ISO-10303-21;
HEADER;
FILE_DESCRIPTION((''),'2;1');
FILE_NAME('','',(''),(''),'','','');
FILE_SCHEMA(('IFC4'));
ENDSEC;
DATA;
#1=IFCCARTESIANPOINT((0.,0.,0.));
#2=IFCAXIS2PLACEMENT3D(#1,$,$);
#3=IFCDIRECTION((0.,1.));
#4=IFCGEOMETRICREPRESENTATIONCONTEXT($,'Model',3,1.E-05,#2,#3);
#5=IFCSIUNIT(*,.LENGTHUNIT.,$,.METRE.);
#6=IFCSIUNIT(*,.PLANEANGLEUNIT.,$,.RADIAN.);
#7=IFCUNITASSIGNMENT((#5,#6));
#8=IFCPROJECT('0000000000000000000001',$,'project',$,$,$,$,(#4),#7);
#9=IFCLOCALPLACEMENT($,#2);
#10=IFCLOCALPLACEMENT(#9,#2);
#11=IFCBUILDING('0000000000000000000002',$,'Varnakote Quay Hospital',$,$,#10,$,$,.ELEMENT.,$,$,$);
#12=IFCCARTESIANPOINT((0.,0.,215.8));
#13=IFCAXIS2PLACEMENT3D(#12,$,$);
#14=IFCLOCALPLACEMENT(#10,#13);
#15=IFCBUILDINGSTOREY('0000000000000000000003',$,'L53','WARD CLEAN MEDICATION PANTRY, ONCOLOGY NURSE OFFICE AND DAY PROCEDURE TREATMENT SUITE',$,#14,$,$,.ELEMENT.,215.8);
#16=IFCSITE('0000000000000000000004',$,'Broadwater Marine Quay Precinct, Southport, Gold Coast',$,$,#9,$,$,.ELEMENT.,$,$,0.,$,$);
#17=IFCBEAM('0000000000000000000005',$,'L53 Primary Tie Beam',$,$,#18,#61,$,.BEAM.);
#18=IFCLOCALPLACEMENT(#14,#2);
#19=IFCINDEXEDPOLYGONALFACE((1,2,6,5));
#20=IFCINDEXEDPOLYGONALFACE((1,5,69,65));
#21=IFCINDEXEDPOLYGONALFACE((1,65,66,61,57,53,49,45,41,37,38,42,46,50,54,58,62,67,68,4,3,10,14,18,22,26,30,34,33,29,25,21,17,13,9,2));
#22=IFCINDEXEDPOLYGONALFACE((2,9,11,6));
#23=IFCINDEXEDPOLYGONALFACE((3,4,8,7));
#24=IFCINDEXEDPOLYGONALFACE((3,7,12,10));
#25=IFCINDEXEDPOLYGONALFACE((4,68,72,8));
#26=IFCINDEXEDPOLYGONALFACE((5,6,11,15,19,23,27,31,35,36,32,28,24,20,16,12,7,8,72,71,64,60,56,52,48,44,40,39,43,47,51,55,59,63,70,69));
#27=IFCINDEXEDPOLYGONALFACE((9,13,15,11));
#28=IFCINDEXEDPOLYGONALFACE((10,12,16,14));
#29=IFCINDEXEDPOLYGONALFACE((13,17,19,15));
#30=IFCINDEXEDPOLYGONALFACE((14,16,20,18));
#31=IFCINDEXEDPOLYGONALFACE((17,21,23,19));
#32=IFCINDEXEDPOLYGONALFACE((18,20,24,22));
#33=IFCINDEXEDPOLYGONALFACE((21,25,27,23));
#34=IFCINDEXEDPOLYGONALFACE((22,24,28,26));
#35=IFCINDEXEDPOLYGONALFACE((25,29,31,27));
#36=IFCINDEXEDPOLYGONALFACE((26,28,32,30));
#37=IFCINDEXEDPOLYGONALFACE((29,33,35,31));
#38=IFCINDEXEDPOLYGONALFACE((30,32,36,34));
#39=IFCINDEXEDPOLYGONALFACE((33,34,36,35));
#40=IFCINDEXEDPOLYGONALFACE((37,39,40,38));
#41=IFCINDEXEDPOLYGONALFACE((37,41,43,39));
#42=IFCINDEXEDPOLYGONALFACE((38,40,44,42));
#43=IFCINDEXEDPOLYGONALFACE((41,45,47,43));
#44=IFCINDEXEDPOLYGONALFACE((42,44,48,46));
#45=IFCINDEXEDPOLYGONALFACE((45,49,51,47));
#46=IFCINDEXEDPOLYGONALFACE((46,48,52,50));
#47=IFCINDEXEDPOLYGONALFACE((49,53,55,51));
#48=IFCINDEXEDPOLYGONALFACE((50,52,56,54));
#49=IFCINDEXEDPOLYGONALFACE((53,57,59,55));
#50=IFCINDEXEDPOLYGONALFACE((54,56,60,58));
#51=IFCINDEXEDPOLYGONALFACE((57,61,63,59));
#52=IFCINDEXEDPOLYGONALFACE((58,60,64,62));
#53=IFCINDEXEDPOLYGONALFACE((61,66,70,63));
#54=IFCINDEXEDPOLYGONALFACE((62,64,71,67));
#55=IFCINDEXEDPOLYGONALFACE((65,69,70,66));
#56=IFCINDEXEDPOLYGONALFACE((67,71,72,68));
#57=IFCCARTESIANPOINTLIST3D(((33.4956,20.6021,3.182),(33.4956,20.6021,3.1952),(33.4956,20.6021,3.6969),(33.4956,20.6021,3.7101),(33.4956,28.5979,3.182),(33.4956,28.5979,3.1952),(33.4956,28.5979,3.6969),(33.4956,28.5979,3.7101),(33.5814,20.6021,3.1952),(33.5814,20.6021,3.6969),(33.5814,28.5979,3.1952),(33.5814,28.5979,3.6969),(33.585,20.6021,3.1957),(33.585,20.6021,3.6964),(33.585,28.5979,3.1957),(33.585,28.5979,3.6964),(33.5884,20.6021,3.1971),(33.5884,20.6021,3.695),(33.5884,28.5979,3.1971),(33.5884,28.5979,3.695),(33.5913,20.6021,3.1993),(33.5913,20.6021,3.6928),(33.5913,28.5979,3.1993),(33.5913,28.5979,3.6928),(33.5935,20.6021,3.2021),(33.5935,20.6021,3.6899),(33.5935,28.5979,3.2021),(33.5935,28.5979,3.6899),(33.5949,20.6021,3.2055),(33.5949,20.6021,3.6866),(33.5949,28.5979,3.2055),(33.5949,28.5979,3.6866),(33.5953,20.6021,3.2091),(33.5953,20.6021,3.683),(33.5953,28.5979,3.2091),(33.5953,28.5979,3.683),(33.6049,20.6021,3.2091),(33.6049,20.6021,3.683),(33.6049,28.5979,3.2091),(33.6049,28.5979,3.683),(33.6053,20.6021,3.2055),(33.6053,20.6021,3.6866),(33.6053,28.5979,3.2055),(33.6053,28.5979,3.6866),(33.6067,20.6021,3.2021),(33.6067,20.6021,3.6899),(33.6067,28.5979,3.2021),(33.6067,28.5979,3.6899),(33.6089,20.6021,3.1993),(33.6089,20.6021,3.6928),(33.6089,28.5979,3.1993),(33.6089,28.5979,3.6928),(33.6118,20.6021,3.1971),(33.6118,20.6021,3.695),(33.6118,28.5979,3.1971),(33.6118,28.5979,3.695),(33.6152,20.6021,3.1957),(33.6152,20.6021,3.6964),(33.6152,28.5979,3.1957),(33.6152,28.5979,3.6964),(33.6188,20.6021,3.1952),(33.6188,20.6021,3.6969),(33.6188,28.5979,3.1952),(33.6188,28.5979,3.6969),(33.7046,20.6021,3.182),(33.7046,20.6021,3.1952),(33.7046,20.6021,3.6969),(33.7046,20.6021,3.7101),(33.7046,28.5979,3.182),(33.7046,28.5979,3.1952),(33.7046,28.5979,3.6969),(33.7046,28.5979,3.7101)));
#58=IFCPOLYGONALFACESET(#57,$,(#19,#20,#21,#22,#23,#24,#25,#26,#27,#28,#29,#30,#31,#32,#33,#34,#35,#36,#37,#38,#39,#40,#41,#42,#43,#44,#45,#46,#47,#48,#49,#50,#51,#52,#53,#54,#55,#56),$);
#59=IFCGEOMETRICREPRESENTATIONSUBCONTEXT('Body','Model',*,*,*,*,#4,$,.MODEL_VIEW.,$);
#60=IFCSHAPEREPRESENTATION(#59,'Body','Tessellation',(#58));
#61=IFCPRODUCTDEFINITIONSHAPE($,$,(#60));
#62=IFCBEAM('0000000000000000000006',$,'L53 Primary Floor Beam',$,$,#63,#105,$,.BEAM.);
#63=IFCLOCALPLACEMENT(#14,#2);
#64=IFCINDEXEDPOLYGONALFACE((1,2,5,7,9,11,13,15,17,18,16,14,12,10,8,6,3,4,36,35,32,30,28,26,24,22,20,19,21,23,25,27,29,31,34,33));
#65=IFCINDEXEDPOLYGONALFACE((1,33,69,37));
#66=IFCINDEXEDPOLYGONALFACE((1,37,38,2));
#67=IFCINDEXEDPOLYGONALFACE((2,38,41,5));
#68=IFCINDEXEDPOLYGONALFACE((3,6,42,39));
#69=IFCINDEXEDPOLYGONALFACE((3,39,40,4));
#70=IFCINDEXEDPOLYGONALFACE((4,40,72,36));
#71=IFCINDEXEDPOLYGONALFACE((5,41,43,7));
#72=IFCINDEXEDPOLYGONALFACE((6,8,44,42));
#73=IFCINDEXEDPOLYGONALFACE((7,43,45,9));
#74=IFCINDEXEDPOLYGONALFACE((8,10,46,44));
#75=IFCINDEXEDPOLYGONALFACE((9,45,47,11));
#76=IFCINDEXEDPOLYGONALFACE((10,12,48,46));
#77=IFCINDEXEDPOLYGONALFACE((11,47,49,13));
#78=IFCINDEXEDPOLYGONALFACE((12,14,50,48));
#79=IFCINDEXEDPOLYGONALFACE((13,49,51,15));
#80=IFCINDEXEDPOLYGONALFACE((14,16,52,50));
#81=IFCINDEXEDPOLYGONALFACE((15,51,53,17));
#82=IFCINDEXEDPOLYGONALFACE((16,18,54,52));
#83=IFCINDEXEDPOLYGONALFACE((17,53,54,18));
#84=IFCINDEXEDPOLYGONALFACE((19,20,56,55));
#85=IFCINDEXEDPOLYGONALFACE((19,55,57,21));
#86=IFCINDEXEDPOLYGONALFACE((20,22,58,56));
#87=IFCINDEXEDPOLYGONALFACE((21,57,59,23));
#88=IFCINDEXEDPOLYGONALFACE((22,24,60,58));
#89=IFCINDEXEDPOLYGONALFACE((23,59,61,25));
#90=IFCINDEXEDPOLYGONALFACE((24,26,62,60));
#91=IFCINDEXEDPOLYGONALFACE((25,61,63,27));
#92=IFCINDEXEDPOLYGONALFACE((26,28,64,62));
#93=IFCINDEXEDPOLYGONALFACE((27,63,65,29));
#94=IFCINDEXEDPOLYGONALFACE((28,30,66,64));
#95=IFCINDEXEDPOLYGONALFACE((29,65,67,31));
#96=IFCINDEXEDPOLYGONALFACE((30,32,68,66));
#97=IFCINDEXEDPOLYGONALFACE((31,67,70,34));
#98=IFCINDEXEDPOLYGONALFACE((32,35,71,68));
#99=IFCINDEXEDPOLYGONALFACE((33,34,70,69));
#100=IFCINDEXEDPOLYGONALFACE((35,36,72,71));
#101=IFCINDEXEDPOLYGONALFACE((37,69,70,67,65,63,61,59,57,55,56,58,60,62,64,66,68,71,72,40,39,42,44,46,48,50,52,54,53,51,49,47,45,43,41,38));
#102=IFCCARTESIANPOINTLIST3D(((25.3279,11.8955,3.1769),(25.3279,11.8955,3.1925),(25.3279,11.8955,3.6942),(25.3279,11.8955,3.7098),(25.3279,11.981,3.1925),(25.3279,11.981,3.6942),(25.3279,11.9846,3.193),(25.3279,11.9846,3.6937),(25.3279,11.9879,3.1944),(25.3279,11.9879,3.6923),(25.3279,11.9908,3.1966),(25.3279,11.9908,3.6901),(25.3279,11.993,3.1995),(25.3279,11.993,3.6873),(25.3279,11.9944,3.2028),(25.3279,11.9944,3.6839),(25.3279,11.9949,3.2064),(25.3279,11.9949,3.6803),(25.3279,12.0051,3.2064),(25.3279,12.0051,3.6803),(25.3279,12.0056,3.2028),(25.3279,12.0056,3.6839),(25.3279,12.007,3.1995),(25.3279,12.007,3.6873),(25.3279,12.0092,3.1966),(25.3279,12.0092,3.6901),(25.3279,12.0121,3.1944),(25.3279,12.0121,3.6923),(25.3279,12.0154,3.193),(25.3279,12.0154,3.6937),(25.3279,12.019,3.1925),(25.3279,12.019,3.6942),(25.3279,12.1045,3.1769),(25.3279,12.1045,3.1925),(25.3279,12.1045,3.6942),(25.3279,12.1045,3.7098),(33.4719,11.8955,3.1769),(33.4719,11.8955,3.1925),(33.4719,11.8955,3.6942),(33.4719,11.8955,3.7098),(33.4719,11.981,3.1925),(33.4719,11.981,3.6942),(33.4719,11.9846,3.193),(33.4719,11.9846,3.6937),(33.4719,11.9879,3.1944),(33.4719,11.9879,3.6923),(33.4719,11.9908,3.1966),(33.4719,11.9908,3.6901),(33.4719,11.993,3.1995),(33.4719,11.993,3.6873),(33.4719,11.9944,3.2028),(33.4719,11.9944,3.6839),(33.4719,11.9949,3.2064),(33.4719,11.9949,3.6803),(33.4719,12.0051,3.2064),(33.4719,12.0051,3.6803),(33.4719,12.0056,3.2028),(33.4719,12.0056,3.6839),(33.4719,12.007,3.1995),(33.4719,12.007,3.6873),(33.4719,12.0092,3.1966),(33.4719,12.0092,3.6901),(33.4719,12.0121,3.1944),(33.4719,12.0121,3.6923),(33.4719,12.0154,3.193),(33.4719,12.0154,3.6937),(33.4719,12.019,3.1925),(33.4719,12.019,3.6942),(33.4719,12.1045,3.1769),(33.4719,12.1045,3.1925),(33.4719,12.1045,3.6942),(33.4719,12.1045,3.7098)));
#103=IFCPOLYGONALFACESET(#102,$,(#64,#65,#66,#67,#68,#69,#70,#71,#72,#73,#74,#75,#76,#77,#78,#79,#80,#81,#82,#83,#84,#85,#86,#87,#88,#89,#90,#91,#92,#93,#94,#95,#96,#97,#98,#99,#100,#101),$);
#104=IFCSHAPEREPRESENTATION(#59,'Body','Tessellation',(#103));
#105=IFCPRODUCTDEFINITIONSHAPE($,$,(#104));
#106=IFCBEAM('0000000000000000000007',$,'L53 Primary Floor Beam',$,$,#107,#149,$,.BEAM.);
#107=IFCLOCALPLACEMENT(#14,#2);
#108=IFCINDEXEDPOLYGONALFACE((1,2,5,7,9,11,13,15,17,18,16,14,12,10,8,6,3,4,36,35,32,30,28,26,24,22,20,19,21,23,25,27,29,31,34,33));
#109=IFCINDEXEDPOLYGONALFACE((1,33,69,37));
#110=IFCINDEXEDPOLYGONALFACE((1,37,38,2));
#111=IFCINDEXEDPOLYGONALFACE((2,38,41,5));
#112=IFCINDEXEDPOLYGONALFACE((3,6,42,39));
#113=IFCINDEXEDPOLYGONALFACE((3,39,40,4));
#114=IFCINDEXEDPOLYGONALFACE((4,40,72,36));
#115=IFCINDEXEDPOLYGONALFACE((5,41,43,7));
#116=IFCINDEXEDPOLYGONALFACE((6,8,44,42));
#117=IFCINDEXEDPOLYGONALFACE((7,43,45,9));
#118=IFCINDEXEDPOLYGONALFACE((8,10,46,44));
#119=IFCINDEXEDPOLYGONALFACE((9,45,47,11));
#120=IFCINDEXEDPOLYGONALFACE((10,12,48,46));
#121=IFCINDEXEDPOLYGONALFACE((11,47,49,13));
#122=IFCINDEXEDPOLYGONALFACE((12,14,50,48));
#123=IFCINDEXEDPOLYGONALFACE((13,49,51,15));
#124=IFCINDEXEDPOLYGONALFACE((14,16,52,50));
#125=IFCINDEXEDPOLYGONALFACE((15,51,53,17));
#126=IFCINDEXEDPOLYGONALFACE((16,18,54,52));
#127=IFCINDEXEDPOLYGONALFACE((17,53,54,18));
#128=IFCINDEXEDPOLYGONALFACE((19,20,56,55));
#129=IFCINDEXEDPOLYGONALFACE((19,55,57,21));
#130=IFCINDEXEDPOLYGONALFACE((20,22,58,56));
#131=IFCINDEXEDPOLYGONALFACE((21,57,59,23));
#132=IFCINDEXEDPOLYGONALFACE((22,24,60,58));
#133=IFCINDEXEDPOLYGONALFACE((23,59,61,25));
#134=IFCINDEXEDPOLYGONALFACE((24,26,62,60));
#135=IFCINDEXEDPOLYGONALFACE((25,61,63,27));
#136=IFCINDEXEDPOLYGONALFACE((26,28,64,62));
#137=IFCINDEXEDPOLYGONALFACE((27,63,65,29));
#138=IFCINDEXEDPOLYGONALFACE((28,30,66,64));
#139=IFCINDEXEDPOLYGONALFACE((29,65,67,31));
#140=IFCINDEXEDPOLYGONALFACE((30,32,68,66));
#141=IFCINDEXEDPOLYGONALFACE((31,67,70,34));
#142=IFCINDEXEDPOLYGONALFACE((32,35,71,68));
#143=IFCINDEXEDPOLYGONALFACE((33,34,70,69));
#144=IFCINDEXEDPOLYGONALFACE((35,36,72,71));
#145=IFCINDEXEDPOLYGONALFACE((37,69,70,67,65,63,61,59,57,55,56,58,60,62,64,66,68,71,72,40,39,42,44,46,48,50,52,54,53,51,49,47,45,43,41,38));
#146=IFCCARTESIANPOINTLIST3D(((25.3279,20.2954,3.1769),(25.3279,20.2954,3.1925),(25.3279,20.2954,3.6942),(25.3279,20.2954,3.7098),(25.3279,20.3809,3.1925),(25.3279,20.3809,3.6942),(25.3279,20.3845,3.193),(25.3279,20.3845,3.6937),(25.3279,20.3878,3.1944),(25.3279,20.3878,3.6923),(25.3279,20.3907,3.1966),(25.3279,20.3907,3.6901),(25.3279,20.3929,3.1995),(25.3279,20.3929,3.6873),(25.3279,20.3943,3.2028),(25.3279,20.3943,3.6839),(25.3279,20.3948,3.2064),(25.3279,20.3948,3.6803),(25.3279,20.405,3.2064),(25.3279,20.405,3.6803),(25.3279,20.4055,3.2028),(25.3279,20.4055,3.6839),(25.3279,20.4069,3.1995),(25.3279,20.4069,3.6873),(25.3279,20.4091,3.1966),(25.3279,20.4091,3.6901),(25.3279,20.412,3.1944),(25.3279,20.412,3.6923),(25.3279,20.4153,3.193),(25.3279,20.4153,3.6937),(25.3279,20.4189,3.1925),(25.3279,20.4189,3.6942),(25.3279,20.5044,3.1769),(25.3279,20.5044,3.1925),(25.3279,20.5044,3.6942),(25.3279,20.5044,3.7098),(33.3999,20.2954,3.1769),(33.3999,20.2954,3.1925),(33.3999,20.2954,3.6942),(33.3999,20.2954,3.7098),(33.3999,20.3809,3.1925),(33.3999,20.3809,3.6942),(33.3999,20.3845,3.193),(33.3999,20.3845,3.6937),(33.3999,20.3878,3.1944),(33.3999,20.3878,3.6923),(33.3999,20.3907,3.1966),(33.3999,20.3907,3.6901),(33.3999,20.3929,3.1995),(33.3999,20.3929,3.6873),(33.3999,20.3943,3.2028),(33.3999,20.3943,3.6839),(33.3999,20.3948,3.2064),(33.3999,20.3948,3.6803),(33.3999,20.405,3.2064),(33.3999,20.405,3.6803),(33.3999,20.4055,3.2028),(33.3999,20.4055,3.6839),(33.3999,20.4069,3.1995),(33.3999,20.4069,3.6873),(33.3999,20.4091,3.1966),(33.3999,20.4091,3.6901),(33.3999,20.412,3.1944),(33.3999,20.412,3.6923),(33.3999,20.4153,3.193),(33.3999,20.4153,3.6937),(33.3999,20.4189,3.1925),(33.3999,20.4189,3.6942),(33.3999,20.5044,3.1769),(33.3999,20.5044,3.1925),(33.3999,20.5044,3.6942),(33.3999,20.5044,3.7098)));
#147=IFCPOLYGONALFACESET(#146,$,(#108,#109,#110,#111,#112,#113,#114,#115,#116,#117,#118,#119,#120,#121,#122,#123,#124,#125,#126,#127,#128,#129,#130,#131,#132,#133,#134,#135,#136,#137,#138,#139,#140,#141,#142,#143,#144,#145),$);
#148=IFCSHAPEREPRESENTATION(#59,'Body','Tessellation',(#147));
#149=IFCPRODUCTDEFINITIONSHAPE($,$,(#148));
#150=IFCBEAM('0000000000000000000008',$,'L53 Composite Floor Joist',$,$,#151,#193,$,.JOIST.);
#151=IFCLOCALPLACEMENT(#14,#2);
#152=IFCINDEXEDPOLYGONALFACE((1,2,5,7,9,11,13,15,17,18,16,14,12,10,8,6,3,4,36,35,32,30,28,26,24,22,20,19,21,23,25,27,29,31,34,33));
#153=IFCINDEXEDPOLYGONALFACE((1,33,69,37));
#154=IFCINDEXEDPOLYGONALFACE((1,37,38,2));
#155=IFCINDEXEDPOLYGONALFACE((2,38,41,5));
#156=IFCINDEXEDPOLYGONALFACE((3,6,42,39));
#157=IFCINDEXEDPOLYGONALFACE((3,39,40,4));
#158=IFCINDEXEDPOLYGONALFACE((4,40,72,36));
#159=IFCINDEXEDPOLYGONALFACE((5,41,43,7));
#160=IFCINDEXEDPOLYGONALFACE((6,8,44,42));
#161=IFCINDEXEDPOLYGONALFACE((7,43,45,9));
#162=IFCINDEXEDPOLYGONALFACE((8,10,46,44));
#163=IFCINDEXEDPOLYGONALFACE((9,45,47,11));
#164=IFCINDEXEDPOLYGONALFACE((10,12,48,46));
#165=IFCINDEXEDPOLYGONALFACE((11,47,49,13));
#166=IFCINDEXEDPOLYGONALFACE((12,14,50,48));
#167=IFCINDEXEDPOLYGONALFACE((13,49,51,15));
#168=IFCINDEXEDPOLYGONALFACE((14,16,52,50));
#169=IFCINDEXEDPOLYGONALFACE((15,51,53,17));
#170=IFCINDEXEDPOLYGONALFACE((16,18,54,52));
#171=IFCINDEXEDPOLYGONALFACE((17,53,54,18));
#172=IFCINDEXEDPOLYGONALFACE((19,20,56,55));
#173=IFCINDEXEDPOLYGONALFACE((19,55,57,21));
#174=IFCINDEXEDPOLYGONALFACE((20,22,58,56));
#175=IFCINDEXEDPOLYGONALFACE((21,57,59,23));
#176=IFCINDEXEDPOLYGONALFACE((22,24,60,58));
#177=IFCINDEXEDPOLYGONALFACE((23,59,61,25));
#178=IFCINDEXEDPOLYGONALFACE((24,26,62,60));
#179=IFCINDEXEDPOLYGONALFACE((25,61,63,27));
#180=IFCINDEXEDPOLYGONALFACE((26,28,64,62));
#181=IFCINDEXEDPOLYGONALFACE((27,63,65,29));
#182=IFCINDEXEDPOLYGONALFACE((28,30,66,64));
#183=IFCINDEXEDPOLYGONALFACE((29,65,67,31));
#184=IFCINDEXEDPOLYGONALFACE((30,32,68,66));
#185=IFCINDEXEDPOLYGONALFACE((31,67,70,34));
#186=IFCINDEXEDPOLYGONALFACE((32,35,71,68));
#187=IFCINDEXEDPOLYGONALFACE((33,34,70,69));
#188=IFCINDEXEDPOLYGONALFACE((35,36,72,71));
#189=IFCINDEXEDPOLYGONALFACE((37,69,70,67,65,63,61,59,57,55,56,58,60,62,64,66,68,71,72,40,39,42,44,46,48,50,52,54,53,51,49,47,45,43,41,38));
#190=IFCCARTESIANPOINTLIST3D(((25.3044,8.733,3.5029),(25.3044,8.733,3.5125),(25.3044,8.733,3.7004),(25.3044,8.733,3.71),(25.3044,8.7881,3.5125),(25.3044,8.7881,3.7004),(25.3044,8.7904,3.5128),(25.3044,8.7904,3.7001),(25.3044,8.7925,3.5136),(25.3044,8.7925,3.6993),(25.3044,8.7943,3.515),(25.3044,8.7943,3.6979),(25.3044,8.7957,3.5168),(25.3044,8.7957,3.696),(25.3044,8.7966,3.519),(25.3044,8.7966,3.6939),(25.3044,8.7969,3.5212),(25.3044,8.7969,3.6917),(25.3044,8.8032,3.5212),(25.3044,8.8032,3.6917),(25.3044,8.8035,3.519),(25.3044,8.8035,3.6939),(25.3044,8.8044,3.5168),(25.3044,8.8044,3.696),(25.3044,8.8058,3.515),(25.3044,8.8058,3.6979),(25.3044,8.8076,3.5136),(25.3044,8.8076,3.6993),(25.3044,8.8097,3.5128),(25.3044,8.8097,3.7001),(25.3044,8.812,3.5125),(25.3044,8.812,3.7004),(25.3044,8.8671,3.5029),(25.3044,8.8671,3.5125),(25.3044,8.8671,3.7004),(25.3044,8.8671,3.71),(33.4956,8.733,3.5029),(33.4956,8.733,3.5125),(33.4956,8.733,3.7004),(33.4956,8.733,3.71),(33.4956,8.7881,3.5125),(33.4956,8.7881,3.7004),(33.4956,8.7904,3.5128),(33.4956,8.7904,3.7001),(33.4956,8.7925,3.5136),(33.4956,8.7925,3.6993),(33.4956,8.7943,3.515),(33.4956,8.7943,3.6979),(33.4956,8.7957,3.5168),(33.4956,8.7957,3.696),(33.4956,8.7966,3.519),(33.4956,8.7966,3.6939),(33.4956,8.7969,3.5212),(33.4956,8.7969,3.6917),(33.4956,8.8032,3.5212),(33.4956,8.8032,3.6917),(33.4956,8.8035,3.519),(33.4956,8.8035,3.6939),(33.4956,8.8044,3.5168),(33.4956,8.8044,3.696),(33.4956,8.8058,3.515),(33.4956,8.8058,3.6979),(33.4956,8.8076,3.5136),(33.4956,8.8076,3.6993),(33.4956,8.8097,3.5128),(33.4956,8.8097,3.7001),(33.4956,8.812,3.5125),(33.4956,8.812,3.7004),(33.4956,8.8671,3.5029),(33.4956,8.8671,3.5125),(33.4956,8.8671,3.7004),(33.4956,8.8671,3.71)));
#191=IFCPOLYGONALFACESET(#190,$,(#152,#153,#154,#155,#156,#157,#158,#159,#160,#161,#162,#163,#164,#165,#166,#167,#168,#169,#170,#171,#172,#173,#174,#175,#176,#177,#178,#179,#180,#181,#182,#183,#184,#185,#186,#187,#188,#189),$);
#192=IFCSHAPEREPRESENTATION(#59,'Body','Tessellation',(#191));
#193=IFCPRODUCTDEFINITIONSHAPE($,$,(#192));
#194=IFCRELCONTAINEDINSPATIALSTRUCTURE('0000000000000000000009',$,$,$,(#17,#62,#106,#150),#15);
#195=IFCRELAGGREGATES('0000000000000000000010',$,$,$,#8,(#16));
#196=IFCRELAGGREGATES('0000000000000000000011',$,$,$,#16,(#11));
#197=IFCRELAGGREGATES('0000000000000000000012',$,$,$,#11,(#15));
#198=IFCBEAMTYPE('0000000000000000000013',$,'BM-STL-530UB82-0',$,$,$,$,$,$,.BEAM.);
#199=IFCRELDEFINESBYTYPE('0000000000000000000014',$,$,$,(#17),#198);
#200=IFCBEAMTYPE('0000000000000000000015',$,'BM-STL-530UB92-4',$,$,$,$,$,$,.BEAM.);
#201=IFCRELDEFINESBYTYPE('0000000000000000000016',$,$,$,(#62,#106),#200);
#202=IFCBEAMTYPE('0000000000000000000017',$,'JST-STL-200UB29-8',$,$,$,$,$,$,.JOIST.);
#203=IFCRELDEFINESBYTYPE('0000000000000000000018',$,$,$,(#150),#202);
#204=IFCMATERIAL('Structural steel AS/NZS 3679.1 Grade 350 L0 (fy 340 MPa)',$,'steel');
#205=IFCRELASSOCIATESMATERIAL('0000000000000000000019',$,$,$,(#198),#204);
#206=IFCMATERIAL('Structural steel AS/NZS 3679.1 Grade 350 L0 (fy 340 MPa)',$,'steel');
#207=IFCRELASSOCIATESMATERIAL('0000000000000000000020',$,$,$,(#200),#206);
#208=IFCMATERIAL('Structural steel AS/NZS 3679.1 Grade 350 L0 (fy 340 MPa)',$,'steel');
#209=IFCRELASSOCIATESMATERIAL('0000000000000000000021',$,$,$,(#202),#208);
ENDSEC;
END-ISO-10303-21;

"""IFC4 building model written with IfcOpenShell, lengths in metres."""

from ifc_helpers import new_model, si_unit, direction, frame, origin, origin_2d, place, context, subcontext, project, spatial, i_section, extrude, material, material_profile, profile_set, type_object, element, save


model = new_model("IFC4")

# Units and contexts
model_context = context("Model", 3, precision=1e-05, world=origin(), true_north=direction((0.0, 1.0)))
body_context = subcontext(model_context, "Body", "Model", "MODEL_VIEW")
ifc_project = project(units=[si_unit("LENGTHUNIT", "METRE"), si_unit("PLANEANGLEUNIT", "RADIAN")], contexts=[model_context])

# Site, building, storey
site_placement = place(None, origin())
site = spatial("IfcSite", under=ifc_project, at=site_placement, Name="Broadwater Marine Quay Precinct, Southport, Gold Coast", CompositionType="ELEMENT", RefElevation=0.0)
building_placement = place(site_placement, origin())
building = spatial("IfcBuilding", under=site, at=building_placement, Name="Varnakote Quay Hospital", CompositionType="ELEMENT")
storey_placement = place(building_placement, frame((0.0, 0.0, 215.8)))
storey = spatial("IfcBuildingStorey", under=building, at=storey_placement, Name="L53", Description="WARD CLEAN MEDICATION PANTRY, ONCOLOGY NURSE OFFICE AND DAY PROCEDURE TREATMENT SUITE", CompositionType="ELEMENT", Elevation=215.8)

# Beams
ifc_material_1 = material(Name="Structural steel AS/NZS 3679.1 Grade 350 L0 (fy 340 MPa)", Category="steel")
ifc_material_profile_1 = material_profile(ifc_material_1, i_section(OverallWidth=0.209, OverallDepth=0.5281, WebThickness=0.0095, FlangeThickness=0.0132, FilletRadius=0.0139, at=origin_2d()), Name="530UB82.0")
ifc_profile_set_1 = profile_set([ifc_material_profile_1], Name="Structural steel AS/NZS 3679.1 Grade 350 L0 (fy 340 MPa)")
beam_type_1 = type_object("IfcBeamType", Name="BM-STL-530UB82-0", PredefinedType="BEAM", material=ifc_profile_set_1)
beam_1_placement = place(storey_placement, frame((33.6001, 20.6021, 3.446), z_axis=(0.0, 1.0, 0.0), x_axis=(-1.0, 0.0, 0.0)))
element("IfcBeam", 1, at=beam_1_placement, inside=storey, type_object=beam_type_1, Name="L53 Primary Tie Beam", PredefinedType="BEAM", context=body_context, shape_type="SweptSolid", body=[
    extrude(i_section(OverallWidth=0.209, OverallDepth=0.5281, WebThickness=0.0095, FlangeThickness=0.0132, FilletRadius=0.0139, at=origin_2d()), origin(), (0.0, 0.0, 1.0), 7.9958),
])
ifc_material_2 = material(Name="Structural steel AS/NZS 3679.1 Grade 350 L0 (fy 340 MPa)", Category="steel")
ifc_material_profile_2 = material_profile(ifc_material_2, i_section(OverallWidth=0.209, OverallDepth=0.533, WebThickness=0.0103, FlangeThickness=0.0156, FilletRadius=0.0139, at=origin_2d()), Name="530UB92.4")
ifc_profile_set_2 = profile_set([ifc_material_profile_2], Name="Structural steel AS/NZS 3679.1 Grade 350 L0 (fy 340 MPa)")
beam_type_2 = type_object("IfcBeamType", Name="BM-STL-530UB92-4", PredefinedType="BEAM", material=ifc_profile_set_2)
beam_2_placement = place(storey_placement, frame((25.3279, 12.0, 3.4434), z_axis=(1.0, 0.0, 0.0), x_axis=(0.0, 1.0, 0.0)))
element("IfcBeam", 2, at=beam_2_placement, inside=storey, type_object=beam_type_2, Name="L53 Primary Floor Beam", PredefinedType="BEAM", context=body_context, shape_type="SweptSolid", body=[
    extrude(i_section(OverallWidth=0.209, OverallDepth=0.533, WebThickness=0.0103, FlangeThickness=0.0156, FilletRadius=0.0139, at=origin_2d()), origin(), (0.0, 0.0, 1.0), 8.144),
])
beam_3_placement = place(storey_placement, frame((25.3279, 20.3999, 3.4434), z_axis=(1.0, 0.0, 0.0), x_axis=(0.0, 1.0, 0.0)))
element("IfcBeam", 3, at=beam_3_placement, inside=storey, type_object=beam_type_2, Name="L53 Primary Floor Beam", PredefinedType="BEAM", context=body_context, shape_type="SweptSolid", body=[
    extrude(i_section(OverallWidth=0.209, OverallDepth=0.533, WebThickness=0.0103, FlangeThickness=0.0156, FilletRadius=0.0139, at=origin_2d()), origin(), (0.0, 0.0, 1.0), 8.072),
])
ifc_material_3 = material(Name="Structural steel AS/NZS 3679.1 Grade 350 L0 (fy 340 MPa)", Category="steel")
ifc_material_profile_3 = material_profile(ifc_material_3, i_section(OverallWidth=0.134, OverallDepth=0.207, WebThickness=0.0063, FlangeThickness=0.0095, FilletRadius=0.0088, at=origin_2d()), Name="200UB29.8")
ifc_profile_set_3 = profile_set([ifc_material_profile_3], Name="Structural steel AS/NZS 3679.1 Grade 350 L0 (fy 340 MPa)")
beam_type_3 = type_object("IfcBeamType", Name="JST-STL-200UB29-8", PredefinedType="JOIST", material=ifc_profile_set_3)
beam_4_placement = place(storey_placement, frame((25.3044, 8.8, 3.6064), z_axis=(1.0, 0.0, 0.0), x_axis=(0.0, 1.0, 0.0)))
element("IfcBeam", 4, at=beam_4_placement, inside=storey, type_object=beam_type_3, Name="L53 Composite Floor Joist", PredefinedType="JOIST", context=body_context, shape_type="SweptSolid", body=[
    extrude(i_section(OverallWidth=0.134, OverallDepth=0.207, WebThickness=0.0063, FlangeThickness=0.0095, FilletRadius=0.0088, at=origin_2d()), origin(), (0.0, 0.0, 1.0), 8.1912),
])

save(model, "model.ifc")
